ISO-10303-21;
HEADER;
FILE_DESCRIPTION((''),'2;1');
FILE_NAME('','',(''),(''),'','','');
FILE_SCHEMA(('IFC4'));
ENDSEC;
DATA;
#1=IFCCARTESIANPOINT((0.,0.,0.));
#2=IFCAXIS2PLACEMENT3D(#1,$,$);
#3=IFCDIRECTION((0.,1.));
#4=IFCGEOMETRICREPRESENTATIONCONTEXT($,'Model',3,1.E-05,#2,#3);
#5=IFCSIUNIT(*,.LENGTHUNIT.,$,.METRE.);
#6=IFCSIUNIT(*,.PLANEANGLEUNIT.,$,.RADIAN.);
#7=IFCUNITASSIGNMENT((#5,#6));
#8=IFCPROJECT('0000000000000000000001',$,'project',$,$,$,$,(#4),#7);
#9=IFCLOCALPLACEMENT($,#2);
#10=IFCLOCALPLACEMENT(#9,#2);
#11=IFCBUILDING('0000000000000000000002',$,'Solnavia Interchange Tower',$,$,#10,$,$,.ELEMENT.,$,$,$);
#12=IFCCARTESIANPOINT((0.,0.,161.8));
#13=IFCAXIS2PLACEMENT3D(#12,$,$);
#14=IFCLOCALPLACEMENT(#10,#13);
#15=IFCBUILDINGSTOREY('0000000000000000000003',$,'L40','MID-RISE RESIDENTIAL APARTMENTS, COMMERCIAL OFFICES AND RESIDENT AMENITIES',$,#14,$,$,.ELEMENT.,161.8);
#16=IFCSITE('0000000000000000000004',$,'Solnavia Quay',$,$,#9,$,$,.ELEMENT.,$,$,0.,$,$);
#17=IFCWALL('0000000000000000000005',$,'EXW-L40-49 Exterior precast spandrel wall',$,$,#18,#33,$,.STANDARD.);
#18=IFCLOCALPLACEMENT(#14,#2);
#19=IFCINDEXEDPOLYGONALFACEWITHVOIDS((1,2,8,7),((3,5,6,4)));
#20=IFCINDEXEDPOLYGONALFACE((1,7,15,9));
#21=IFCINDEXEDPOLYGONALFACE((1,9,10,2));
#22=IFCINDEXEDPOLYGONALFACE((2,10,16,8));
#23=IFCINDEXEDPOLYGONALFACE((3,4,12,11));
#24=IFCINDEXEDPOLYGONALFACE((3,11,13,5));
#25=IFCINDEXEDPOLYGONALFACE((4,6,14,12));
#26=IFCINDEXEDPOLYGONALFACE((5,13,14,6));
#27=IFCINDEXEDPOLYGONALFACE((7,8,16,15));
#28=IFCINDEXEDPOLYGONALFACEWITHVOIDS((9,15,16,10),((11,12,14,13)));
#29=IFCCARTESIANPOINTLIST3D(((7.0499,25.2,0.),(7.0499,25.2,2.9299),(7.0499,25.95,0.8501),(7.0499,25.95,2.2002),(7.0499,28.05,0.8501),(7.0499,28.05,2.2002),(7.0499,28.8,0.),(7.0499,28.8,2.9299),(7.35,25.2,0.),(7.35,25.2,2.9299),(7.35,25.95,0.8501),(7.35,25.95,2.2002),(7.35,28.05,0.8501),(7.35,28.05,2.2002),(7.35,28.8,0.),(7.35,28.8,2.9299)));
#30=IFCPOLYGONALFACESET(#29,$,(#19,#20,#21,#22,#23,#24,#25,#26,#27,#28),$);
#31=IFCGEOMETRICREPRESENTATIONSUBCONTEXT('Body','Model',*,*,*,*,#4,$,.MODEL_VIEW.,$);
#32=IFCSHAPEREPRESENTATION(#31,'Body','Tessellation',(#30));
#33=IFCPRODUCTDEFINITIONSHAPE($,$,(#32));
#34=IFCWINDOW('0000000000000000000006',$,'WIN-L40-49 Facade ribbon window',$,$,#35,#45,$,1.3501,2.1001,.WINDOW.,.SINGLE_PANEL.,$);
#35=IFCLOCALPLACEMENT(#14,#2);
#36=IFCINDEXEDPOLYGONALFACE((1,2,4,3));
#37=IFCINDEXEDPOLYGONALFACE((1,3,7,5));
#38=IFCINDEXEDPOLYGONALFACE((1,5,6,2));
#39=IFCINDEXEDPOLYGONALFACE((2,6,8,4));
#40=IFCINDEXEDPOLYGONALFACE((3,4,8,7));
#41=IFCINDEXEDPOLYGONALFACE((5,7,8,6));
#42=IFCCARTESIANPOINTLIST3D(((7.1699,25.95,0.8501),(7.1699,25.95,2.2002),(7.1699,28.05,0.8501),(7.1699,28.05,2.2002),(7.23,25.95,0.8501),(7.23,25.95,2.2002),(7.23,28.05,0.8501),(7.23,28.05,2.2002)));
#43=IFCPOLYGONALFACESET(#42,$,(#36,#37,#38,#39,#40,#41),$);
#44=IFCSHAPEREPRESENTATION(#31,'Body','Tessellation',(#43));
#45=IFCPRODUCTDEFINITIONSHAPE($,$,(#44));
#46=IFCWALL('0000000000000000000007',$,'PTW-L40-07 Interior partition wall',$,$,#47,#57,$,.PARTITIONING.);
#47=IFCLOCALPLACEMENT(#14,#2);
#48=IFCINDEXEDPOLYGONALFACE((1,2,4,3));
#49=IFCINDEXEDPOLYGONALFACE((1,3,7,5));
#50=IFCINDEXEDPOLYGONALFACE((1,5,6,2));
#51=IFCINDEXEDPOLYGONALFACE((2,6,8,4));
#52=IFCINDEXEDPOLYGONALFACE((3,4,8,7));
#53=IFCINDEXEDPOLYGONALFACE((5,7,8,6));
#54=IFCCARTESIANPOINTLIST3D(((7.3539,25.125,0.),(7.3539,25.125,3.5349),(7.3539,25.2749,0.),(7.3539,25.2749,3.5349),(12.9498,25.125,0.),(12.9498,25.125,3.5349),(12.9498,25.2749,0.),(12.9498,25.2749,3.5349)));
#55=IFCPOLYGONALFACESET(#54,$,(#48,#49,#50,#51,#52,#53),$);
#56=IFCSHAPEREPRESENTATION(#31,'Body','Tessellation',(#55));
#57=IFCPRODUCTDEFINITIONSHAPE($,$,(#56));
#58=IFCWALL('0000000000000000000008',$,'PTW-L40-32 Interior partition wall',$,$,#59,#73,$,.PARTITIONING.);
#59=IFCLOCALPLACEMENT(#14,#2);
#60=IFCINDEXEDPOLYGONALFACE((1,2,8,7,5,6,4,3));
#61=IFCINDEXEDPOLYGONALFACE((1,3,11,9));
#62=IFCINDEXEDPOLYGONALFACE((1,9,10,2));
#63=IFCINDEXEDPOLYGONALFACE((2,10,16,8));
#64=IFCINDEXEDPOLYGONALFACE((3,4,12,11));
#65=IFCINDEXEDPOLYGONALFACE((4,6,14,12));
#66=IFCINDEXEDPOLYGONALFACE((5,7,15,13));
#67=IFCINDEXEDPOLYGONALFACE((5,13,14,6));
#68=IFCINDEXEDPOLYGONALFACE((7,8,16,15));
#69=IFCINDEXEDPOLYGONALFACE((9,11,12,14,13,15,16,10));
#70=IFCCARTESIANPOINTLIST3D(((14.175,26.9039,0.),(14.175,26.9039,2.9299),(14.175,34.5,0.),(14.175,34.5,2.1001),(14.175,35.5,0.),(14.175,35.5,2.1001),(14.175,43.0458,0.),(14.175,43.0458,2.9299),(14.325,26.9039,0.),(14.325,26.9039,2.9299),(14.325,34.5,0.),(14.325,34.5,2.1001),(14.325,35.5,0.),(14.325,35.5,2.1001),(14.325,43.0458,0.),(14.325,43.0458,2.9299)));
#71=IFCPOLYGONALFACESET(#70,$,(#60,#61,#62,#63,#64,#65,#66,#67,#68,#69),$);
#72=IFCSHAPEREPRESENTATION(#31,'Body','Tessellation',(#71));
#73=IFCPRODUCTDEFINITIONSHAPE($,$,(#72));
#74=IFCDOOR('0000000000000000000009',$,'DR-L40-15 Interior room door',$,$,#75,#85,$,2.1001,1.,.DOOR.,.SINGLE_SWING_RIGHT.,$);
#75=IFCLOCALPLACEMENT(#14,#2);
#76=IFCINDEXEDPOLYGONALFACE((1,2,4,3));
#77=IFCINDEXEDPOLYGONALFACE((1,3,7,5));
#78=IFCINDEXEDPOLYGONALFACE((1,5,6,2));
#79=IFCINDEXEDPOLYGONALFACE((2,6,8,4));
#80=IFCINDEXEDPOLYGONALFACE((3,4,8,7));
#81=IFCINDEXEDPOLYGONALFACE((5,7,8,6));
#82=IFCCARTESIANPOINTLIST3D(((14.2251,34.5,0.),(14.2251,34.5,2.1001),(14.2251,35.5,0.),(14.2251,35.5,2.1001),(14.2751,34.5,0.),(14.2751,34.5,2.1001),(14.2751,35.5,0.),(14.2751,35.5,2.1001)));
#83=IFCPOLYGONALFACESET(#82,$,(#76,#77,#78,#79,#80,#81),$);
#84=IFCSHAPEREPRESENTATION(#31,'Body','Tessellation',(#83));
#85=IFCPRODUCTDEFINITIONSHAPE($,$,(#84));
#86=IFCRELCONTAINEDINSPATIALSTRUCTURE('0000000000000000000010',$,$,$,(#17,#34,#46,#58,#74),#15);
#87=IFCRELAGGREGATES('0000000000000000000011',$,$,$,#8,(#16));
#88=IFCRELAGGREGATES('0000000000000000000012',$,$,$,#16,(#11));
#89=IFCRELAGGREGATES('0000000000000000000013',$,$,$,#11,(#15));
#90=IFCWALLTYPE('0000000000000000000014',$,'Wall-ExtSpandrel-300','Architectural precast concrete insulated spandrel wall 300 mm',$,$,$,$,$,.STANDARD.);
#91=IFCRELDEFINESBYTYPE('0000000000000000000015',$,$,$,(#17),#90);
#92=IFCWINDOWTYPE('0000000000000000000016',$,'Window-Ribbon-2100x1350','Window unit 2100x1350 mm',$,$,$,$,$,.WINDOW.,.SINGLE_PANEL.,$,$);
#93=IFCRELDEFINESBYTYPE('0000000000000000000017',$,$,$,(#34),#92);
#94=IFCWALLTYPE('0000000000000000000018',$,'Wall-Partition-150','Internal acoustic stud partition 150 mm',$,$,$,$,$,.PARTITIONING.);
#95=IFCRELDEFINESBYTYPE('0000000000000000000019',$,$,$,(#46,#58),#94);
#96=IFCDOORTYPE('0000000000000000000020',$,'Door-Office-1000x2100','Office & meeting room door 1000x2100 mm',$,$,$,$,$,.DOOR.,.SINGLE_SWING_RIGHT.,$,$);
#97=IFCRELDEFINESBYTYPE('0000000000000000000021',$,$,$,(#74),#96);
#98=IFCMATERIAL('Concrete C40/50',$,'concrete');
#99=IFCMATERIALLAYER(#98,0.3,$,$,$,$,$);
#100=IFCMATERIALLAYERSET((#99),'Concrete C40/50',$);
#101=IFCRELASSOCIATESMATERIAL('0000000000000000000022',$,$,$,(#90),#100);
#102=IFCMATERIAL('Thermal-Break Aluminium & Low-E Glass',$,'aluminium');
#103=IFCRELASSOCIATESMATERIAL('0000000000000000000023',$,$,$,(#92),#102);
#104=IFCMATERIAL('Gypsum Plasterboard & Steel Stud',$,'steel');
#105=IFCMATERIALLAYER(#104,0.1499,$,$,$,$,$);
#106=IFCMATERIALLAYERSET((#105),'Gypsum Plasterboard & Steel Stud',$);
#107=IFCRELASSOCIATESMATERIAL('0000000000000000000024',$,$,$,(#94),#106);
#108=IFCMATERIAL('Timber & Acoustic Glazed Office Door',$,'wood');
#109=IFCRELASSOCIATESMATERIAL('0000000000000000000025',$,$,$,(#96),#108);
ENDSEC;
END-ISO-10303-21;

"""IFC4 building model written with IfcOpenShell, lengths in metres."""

from ifc_helpers import new_model, si_unit, direction, frame, frame_2d, origin, place, context, subcontext, project, spatial, rectangle, extrude, material, layer, layer_set, type_object, element, fill, save


model = new_model("IFC4")

# Units and contexts
model_context = context("Model", 3, precision=1e-05, world=origin(), true_north=direction((0.0, 1.0)))
body_context = subcontext(model_context, "Body", "Model", "MODEL_VIEW")
ifc_project = project(units=[si_unit("LENGTHUNIT", "METRE"), si_unit("PLANEANGLEUNIT", "RADIAN")], contexts=[model_context])

# Site, building, storey
site_placement = place(None, origin())
site = spatial("IfcSite", under=ifc_project, at=site_placement, Name="Solnavia Quay", CompositionType="ELEMENT", RefElevation=0.0)
building_placement = place(site_placement, origin())
building = spatial("IfcBuilding", under=site, at=building_placement, Name="Solnavia Interchange Tower", CompositionType="ELEMENT")
storey_placement = place(building_placement, frame((0.0, 0.0, 161.8)))
storey = spatial("IfcBuildingStorey", under=building, at=storey_placement, Name="L40", Description="MID-RISE RESIDENTIAL APARTMENTS, COMMERCIAL OFFICES AND RESIDENT AMENITIES", CompositionType="ELEMENT", Elevation=161.8)

# Shared definitions
ifc_material_1 = material(Name="Concrete C40/50", Category="concrete")
ifc_layer_1 = layer(ifc_material_1, 0.3)
ifc_layer_set_1 = layer_set([ifc_layer_1], Name="Concrete C40/50")
wall_type_1 = type_object("IfcWallType", Name="Wall-ExtSpandrel-300", Description="Architectural precast concrete insulated spandrel wall 300 mm", PredefinedType="STANDARD", material=ifc_layer_set_1)
ifc_material_2 = material(Name="Thermal-Break Aluminium & Low-E Glass", Category="aluminium")
window_type = type_object("IfcWindowType", Name="Window-Ribbon-2100x1350", Description="Window unit 2100x1350 mm", PartitioningType="SINGLE_PANEL", PredefinedType="WINDOW", material=ifc_material_2)

# Wall, opening, window
wall_1_placement = place(storey_placement, frame((7.2, 25.2, 0.0), z_axis=(0.0, 0.0, 1.0), x_axis=(0.0, 1.0, 0.0)))
wall_1 = element("IfcWall", 1, at=wall_1_placement, inside=storey, type_object=wall_type_1, Name="EXW-L40-49 Exterior precast spandrel wall", PredefinedType="STANDARD", context=body_context, shape_type="SweptSolid", body=[
    extrude(rectangle(XDim=3.6001, YDim=0.3, at=frame_2d((1.8, 0.0))), origin(), (0.0, 0.0, 1.0), 2.9299),
])
opening_1_placement = place(wall_1_placement, frame((0.75, 0.0, 0.8501)))
opening_1 = element("IfcOpeningElement", 2, at=opening_1_placement, cuts=wall_1, PredefinedType="OPENING", context=body_context, shape_type="SweptSolid", body=[
    extrude(rectangle(XDim=2.1001, YDim=1.3501, at=frame_2d((1.05, 0.675))), frame((0.0, 0.1602, 0.0), z_axis=(0.0, -1.0, 0.0), x_axis=(1.0, 0.0, 0.0)), (0.0, 0.0, 1.0), 0.3201),
])
window_1_placement = place(opening_1_placement, origin())
window_1 = element("IfcWindow", 3, at=window_1_placement, inside=storey, type_object=window_type, Name="WIN-L40-49 Facade ribbon window", OverallHeight=1.3501, OverallWidth=2.1001, PartitioningType="SINGLE_PANEL", PredefinedType="WINDOW", context=body_context, shape_type="SweptSolid", body=[
    extrude(rectangle(XDim=2.1001, YDim=1.3501, at=frame_2d((1.05, 0.675))), frame((0.0, 0.03, 0.0), z_axis=(0.0, -1.0, 0.0), x_axis=(1.0, 0.0, 0.0)), (0.0, 0.0, 1.0), 0.0601),
])
fill(opening_1, window_1)

# Wall
ifc_material_3 = material(Name="Gypsum Plasterboard & Steel Stud", Category="steel")
ifc_layer_2 = layer(ifc_material_3, 0.1499)
ifc_layer_set_2 = layer_set([ifc_layer_2], Name="Gypsum Plasterboard & Steel Stud")
wall_type_2 = type_object("IfcWallType", Name="Wall-Partition-150", Description="Internal acoustic stud partition 150 mm", PredefinedType="PARTITIONING", material=ifc_layer_set_2)
wall_2_placement = place(storey_placement, frame((7.354, 25.2, 0.0), z_axis=(0.0, 0.0, 1.0), x_axis=(1.0, 0.0, 0.0)))
element("IfcWall", 4, at=wall_2_placement, inside=storey, type_object=wall_type_2, Name="PTW-L40-07 Interior partition wall", PredefinedType="PARTITIONING", context=body_context, shape_type="SweptSolid", body=[
    extrude(rectangle(XDim=5.5959, YDim=0.1499, at=frame_2d((2.7979, 0.0))), origin(), (0.0, 0.0, 1.0), 3.5349),
])

# Wall, opening, door
wall_3_placement = place(storey_placement, frame((14.25, 26.9041, 0.0), z_axis=(0.0, 0.0, 1.0), x_axis=(0.0, 1.0, 0.0)))
wall_3 = element("IfcWall", 5, at=wall_3_placement, inside=storey, type_object=wall_type_2, Name="PTW-L40-32 Interior partition wall", PredefinedType="PARTITIONING", context=body_context, shape_type="SweptSolid", body=[
    extrude(rectangle(XDim=16.1418, YDim=0.1499, at=frame_2d((8.0708, 0.0))), origin(), (0.0, 0.0, 1.0), 2.9299),
])
opening_2_placement = place(wall_3_placement, frame((7.5959, 0.0, 0.0)))
opening_2 = element("IfcOpeningElement", 6, at=opening_2_placement, cuts=wall_3, PredefinedType="OPENING", context=body_context, shape_type="SweptSolid", body=[
    extrude(rectangle(XDim=1.0, YDim=2.1001, at=frame_2d((0.5, 1.05))), frame((0.0, 0.085, 0.0), z_axis=(0.0, -1.0, 0.0), x_axis=(1.0, 0.0, 0.0)), (0.0, 0.0, 1.0), 0.1699),
])
ifc_material_4 = material(Name="Timber & Acoustic Glazed Office Door", Category="wood")
door_type = type_object("IfcDoorType", Name="Door-Office-1000x2100", Description="Office & meeting room door 1000x2100 mm", OperationType="SINGLE_SWING_RIGHT", PredefinedType="DOOR", material=ifc_material_4)
door_placement = place(opening_2_placement, origin())
door = element("IfcDoor", 7, at=door_placement, inside=storey, type_object=door_type, Name="DR-L40-15 Interior room door", OperationType="SINGLE_SWING_RIGHT", OverallHeight=2.1001, OverallWidth=1.0, PredefinedType="DOOR", context=body_context, shape_type="SweptSolid", body=[
    extrude(rectangle(XDim=1.0, YDim=2.1001, at=frame_2d((0.5, 1.05))), frame((0.0, 0.0249, 0.0), z_axis=(0.0, -1.0, 0.0), x_axis=(1.0, 0.0, 0.0)), (0.0, 0.0, 1.0), 0.05),
])
fill(opening_2, door)

save(model, "model.ifc")
